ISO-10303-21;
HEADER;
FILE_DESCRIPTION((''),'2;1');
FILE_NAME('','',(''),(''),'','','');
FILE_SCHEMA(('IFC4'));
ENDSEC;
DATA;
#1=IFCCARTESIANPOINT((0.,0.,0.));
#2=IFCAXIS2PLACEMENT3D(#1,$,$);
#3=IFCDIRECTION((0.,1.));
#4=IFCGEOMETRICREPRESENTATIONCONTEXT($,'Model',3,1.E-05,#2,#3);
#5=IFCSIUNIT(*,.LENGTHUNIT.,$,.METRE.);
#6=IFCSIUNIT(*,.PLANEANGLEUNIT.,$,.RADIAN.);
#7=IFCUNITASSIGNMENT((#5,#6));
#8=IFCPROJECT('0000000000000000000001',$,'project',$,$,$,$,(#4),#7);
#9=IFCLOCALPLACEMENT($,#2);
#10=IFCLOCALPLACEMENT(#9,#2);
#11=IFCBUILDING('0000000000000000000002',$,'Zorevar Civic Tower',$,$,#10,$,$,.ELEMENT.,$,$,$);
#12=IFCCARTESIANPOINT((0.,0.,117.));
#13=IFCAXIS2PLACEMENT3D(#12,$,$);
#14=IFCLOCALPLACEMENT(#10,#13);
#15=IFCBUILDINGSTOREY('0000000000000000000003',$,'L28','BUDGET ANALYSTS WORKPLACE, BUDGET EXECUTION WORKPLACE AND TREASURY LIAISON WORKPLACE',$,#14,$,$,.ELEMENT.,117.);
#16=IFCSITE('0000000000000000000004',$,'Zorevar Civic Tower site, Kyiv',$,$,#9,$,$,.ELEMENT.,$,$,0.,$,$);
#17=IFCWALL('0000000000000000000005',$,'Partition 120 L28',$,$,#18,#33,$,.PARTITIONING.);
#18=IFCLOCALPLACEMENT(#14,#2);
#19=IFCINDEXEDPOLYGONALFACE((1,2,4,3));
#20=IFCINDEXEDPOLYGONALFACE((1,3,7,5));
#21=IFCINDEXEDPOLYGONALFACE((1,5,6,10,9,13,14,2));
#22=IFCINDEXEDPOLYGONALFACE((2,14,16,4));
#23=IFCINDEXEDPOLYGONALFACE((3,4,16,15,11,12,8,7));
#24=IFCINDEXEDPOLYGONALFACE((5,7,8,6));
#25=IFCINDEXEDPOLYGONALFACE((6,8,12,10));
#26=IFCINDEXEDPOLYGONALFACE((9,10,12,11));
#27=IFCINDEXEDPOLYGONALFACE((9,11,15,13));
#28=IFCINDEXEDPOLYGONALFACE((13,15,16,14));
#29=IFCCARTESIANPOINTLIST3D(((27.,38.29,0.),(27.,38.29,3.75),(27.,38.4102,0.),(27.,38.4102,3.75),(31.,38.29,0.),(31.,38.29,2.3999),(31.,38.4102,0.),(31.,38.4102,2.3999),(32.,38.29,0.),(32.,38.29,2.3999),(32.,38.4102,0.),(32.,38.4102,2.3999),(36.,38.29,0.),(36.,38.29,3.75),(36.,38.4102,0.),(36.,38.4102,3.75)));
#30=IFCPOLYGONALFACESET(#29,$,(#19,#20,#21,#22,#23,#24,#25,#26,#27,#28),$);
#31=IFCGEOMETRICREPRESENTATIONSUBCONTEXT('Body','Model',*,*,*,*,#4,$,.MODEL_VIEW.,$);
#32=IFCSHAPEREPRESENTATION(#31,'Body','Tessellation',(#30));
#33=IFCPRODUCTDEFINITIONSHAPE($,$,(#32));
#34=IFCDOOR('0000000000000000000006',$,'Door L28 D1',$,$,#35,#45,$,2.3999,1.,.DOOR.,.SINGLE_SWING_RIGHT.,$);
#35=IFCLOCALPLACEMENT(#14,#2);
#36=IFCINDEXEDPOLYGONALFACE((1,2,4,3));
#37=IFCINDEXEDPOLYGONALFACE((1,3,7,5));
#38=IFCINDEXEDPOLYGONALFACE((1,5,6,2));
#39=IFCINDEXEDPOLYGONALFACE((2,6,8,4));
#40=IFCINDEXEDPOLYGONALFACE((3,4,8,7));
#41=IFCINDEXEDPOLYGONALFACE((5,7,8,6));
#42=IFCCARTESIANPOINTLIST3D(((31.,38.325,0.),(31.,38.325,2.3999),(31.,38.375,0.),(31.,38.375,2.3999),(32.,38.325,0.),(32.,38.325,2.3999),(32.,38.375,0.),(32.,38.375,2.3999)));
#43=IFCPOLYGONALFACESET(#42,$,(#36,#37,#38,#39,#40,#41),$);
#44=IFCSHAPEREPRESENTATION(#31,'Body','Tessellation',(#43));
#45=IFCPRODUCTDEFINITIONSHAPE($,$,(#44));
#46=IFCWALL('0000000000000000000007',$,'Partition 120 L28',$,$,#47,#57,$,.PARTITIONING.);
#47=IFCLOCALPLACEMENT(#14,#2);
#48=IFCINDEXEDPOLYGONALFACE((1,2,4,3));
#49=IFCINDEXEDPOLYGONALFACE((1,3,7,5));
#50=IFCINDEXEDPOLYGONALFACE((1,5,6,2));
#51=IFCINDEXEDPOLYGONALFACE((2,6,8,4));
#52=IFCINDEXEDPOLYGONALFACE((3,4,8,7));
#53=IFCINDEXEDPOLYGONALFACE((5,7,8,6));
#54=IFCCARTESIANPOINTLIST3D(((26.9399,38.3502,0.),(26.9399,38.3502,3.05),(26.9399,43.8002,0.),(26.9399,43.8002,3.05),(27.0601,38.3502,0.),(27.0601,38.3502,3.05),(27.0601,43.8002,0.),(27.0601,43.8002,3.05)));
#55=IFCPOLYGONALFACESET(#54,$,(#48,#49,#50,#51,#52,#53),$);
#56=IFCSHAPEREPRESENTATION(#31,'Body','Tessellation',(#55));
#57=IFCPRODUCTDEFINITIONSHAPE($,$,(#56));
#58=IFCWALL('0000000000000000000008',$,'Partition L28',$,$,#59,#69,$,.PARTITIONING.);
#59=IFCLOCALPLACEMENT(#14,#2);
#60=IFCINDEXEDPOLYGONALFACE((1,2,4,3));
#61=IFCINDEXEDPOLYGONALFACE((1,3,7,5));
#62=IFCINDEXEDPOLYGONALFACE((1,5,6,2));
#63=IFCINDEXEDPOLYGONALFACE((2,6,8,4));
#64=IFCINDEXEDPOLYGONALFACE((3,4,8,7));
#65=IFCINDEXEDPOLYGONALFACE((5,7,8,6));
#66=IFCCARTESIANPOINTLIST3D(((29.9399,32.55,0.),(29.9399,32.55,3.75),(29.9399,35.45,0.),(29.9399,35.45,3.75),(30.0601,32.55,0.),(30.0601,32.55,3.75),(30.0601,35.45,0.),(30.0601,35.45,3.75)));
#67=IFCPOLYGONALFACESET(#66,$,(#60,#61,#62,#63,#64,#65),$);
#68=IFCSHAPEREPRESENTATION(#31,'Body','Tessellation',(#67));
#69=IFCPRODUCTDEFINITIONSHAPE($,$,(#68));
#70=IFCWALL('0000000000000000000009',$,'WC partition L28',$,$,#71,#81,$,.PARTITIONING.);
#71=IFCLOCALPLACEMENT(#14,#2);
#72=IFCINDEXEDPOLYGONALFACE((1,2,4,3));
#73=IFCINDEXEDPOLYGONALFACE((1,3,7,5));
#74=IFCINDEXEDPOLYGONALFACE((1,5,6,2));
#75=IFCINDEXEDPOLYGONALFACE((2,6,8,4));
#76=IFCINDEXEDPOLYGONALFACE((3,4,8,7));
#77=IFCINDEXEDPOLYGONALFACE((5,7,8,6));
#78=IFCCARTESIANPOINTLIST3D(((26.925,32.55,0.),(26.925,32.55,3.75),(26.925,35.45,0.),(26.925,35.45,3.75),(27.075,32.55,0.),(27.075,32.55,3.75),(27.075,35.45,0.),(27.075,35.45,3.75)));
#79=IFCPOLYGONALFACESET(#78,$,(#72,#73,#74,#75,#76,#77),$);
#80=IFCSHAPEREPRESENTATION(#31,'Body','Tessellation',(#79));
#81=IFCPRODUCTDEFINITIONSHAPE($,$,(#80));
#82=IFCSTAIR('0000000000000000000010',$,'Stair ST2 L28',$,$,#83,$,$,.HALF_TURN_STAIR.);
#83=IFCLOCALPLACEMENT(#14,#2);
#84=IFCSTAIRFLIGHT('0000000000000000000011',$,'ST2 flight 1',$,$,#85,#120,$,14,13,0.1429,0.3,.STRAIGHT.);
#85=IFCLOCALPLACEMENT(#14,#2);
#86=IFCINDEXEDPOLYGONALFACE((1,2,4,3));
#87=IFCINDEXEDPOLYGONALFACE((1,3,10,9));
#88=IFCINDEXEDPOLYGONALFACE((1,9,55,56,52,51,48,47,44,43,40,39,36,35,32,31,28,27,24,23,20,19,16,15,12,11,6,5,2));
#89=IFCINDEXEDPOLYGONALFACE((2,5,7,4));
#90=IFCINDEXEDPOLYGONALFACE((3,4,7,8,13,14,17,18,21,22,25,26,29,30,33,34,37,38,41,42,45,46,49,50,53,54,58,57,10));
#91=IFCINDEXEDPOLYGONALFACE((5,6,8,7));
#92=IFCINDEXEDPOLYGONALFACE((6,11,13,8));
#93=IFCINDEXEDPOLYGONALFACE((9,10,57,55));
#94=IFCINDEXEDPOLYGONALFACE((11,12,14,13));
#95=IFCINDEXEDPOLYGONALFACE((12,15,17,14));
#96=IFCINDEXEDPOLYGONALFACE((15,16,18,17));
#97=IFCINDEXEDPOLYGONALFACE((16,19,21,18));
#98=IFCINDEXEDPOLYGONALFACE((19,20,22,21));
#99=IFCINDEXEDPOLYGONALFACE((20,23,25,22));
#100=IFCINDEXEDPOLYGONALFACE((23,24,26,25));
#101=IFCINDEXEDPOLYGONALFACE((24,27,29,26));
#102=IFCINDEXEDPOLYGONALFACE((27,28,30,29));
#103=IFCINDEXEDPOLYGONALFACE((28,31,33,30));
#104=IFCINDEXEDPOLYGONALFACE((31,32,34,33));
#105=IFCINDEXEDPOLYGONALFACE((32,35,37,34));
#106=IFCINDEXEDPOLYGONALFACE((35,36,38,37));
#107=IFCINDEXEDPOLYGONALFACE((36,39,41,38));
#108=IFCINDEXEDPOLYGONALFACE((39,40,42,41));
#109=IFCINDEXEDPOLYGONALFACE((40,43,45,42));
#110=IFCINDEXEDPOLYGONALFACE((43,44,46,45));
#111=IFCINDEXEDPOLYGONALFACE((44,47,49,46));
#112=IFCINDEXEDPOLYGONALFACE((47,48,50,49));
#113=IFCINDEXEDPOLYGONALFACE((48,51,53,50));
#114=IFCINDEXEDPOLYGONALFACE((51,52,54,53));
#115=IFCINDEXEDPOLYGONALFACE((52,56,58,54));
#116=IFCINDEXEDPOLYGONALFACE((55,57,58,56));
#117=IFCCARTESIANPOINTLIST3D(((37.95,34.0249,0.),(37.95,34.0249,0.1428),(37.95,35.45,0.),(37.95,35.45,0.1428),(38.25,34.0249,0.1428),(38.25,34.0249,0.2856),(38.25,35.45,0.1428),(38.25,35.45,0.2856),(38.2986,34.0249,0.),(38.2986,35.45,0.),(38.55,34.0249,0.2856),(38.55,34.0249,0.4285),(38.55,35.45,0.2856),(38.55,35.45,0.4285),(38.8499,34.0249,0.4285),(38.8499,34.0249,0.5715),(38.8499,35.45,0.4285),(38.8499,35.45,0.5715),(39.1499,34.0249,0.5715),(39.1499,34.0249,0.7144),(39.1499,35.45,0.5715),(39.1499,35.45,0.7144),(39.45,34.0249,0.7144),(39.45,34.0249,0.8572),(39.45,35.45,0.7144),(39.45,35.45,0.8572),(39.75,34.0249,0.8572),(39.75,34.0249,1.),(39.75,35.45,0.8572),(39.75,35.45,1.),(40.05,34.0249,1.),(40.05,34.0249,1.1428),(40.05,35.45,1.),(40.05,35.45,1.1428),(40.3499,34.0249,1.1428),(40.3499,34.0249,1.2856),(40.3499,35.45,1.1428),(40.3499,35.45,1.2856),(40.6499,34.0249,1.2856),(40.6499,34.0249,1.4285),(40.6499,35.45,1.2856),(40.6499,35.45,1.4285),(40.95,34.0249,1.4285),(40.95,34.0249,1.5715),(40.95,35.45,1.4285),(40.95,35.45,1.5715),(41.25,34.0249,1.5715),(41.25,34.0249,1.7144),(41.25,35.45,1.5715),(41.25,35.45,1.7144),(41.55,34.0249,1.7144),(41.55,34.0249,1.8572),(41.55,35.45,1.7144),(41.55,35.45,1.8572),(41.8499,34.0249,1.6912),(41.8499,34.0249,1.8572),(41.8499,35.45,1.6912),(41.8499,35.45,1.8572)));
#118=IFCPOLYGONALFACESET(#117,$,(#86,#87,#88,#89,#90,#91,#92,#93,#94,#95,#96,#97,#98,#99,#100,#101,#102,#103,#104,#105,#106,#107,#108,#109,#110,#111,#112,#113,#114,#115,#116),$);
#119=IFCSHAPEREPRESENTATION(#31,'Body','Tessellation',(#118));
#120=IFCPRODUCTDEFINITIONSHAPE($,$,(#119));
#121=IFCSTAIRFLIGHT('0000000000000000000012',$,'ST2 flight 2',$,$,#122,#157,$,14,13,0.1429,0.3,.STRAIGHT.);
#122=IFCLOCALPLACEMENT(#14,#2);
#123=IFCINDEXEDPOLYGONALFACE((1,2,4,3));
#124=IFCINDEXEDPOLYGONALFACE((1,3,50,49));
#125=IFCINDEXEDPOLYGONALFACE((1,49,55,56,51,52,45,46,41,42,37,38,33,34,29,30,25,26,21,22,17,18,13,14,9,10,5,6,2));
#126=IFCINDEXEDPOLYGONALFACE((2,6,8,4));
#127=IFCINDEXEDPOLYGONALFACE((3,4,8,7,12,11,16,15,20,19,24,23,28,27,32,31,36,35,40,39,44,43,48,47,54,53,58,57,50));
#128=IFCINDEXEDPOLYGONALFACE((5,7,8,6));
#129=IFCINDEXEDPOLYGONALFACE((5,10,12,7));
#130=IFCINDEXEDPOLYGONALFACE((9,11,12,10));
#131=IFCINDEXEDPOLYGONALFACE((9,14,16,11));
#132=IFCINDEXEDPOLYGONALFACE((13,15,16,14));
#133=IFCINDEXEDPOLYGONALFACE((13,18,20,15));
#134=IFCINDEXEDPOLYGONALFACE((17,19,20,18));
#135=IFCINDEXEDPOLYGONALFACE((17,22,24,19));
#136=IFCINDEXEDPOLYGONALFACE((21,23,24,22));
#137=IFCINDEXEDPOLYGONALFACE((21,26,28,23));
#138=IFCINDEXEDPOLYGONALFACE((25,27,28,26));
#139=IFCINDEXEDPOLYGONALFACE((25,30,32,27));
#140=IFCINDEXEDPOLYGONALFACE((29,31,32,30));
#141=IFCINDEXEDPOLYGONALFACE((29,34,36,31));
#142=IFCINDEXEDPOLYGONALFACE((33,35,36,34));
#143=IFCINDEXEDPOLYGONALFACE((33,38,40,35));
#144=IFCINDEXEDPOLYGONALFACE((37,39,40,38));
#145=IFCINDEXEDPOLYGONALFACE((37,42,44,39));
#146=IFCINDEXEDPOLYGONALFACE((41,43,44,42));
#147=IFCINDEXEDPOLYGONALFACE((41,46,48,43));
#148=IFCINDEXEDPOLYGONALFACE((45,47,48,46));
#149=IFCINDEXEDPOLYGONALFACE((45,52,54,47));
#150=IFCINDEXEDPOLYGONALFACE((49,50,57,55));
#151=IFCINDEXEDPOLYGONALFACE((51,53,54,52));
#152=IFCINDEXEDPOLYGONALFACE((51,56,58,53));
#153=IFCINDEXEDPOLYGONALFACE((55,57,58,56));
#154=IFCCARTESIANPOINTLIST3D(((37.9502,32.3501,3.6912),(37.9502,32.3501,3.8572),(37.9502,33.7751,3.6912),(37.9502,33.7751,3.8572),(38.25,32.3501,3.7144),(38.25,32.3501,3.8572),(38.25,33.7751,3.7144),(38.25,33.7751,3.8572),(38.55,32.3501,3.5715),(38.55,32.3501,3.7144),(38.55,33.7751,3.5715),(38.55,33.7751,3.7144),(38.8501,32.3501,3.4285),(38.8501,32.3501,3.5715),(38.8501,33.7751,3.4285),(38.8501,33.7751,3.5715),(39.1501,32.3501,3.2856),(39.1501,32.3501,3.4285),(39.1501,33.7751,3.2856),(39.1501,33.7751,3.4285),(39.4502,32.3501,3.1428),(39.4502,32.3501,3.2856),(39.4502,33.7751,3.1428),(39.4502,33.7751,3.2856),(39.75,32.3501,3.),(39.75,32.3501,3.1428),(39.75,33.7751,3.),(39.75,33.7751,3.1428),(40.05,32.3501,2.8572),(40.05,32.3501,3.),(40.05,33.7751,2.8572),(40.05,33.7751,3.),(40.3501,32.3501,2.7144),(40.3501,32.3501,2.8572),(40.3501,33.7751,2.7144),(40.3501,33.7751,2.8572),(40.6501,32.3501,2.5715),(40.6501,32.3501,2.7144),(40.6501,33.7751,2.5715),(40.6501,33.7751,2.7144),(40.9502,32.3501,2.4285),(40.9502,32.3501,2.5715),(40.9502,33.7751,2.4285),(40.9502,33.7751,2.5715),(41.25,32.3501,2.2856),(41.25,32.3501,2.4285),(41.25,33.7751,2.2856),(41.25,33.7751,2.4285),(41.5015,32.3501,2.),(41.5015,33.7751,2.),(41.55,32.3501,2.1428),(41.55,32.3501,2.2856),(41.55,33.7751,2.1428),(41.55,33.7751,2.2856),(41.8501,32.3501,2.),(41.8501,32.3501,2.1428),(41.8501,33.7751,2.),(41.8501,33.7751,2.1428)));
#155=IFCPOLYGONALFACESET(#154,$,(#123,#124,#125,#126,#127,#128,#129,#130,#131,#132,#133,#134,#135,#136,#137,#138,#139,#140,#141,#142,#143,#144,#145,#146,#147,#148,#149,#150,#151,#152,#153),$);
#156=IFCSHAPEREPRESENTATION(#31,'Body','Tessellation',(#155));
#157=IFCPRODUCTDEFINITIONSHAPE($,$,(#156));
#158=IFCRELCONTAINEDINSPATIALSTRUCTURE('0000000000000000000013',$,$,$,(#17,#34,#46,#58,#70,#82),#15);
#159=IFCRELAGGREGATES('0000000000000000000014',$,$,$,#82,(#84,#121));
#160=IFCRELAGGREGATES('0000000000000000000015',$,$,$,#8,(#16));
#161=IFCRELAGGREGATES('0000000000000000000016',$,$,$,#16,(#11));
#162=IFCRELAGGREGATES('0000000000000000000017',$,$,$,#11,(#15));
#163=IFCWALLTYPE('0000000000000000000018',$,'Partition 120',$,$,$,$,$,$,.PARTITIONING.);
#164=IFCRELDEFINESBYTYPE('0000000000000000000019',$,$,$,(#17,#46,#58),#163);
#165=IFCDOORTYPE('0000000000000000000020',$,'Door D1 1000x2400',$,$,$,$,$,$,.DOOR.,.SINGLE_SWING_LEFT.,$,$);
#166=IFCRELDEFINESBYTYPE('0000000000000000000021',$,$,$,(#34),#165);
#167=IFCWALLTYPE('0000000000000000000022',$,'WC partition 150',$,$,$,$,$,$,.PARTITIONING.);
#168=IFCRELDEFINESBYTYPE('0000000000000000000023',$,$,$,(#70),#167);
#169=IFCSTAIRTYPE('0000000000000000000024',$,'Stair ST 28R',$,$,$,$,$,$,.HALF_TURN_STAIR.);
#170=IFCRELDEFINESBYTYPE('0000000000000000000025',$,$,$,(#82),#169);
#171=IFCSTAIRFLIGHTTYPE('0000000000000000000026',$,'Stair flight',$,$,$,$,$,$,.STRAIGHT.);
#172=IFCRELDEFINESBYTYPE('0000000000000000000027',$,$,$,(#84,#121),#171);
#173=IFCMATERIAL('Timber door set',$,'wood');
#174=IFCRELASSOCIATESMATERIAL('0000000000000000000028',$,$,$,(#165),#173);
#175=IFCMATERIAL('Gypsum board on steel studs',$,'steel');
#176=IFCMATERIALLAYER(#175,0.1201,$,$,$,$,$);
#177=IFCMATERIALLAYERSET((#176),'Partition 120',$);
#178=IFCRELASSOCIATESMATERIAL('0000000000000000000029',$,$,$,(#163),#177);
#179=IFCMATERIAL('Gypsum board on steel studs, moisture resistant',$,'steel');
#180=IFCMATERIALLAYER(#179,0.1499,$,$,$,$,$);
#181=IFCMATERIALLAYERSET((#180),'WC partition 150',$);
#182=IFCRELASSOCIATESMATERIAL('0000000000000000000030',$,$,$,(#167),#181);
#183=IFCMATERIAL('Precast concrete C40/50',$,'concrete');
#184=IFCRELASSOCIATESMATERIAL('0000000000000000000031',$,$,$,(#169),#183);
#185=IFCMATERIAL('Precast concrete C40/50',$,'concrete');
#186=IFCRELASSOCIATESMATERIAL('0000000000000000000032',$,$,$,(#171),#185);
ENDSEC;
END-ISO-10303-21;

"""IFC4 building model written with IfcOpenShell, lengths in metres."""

from ifc_helpers import new_model, si_unit, direction, frame, frame_2d, origin, place, context, subcontext, project, spatial, polyline, rectangle, outline, extrude, material, layer, layer_set, type_object, element, fill, aggregate, save


model = new_model("IFC4")

# Units and contexts
model_context = context("Model", 3, precision=1e-05, world=origin(), true_north=direction((0.0, 1.0)))
body_context = subcontext(model_context, "Body", "Model", "MODEL_VIEW")
ifc_project = project(units=[si_unit("LENGTHUNIT", "METRE"), si_unit("PLANEANGLEUNIT", "RADIAN")], contexts=[model_context])

# Site, building, storey
site_placement = place(None, origin())
site = spatial("IfcSite", under=ifc_project, at=site_placement, Name="Zorevar Civic Tower site, Kyiv", CompositionType="ELEMENT", RefElevation=0.0)
building_placement = place(site_placement, origin())
building = spatial("IfcBuilding", under=site, at=building_placement, Name="Zorevar Civic Tower", CompositionType="ELEMENT")
storey_placement = place(building_placement, frame((0.0, 0.0, 117.0)))
storey = spatial("IfcBuildingStorey", under=building, at=storey_placement, Name="L28", Description="BUDGET ANALYSTS WORKPLACE, BUDGET EXECUTION WORKPLACE AND TREASURY LIAISON WORKPLACE", CompositionType="ELEMENT", Elevation=117.0)

# Shared definitions
ifc_material_1 = material(Name="Timber door set", Category="wood")
door_type_1 = type_object("IfcDoorType", Name="Door D1 1000x2400", OperationType="SINGLE_SWING_LEFT", PredefinedType="DOOR", material=ifc_material_1)

# Wall, opening, door
ifc_material_2 = material(Name="Gypsum board on steel studs", Category="steel")
ifc_layer_1 = layer(ifc_material_2, 0.1201)
ifc_layer_set_1 = layer_set([ifc_layer_1], Name="Partition 120")
wall_type_1 = type_object("IfcWallType", Name="Partition 120", PredefinedType="PARTITIONING", material=ifc_layer_set_1)
wall_1_placement = place(storey_placement, frame((27.0, 38.3501, 0.0), z_axis=(0.0, 0.0, 1.0), x_axis=(1.0, 0.0, 0.0)))
wall_1 = element("IfcWall", 1, at=wall_1_placement, inside=storey, type_object=wall_type_1, Name="Partition 120 L28", PredefinedType="PARTITIONING", context=body_context, shape_type="SweptSolid", body=[
    extrude(rectangle(XDim=9.0, YDim=0.1201, at=frame_2d((4.5, 0.0))), origin(), (0.0, 0.0, 1.0), 3.75),
])
opening_1_placement = place(wall_1_placement, frame((4.0, 0.0, 0.0)))
opening_1 = element("IfcOpeningElement", 2, at=opening_1_placement, cuts=wall_1, PredefinedType="OPENING", context=body_context, shape_type="SweptSolid", body=[
    extrude(rectangle(XDim=1.0, YDim=2.3999, at=frame_2d((0.5, 1.2))), frame((0.0, 0.0701, 0.0), z_axis=(0.0, -1.0, 0.0), x_axis=(1.0, 0.0, 0.0)), (0.0, 0.0, 1.0), 0.1401),
])
door_1_placement = place(opening_1_placement, origin())
door_1 = element("IfcDoor", 3, at=door_1_placement, inside=storey, type_object=door_type_1, Name="Door L28 D1", OperationType="SINGLE_SWING_RIGHT", OverallHeight=2.3999, OverallWidth=1.0, PredefinedType="DOOR", context=body_context, shape_type="SweptSolid", body=[
    extrude(rectangle(XDim=1.0, YDim=2.3999, at=frame_2d((0.5, 1.2))), frame((0.0, 0.0249, 0.0), z_axis=(0.0, -1.0, 0.0), x_axis=(1.0, 0.0, 0.0)), (0.0, 0.0, 1.0), 0.05),
])
fill(opening_1, door_1)

# Walls
wall_2_placement = place(storey_placement, frame((27.0, 38.3501, 0.0), z_axis=(0.0, 0.0, 1.0), x_axis=(0.0, 1.0, 0.0)))
element("IfcWall", 4, at=wall_2_placement, inside=storey, type_object=wall_type_1, Name="Partition 120 L28", PredefinedType="PARTITIONING", context=body_context, shape_type="SweptSolid", body=[
    extrude(rectangle(XDim=5.45, YDim=0.1201, at=frame_2d((2.7251, 0.0))), origin(), (0.0, 0.0, 1.0), 3.05),
])
wall_3_placement = place(storey_placement, frame((30.0, 32.55, 0.0), z_axis=(0.0, 0.0, 1.0), x_axis=(0.0, 1.0, 0.0)))
element("IfcWall", 5, at=wall_3_placement, inside=storey, type_object=wall_type_1, Name="Partition L28", PredefinedType="PARTITIONING", context=body_context, shape_type="SweptSolid", body=[
    extrude(rectangle(XDim=2.8999, YDim=0.1201, at=frame_2d((1.45, 0.0))), origin(), (0.0, 0.0, 1.0), 3.75),
])
ifc_material_3 = material(Name="Gypsum board on steel studs, moisture resistant", Category="steel")
ifc_layer_2 = layer(ifc_material_3, 0.1499)
ifc_layer_set_2 = layer_set([ifc_layer_2], Name="WC partition 150")
wall_type_2 = type_object("IfcWallType", Name="WC partition 150", PredefinedType="PARTITIONING", material=ifc_layer_set_2)
wall_4_placement = place(storey_placement, frame((27.0, 32.55, 0.0), z_axis=(0.0, 0.0, 1.0), x_axis=(0.0, 1.0, 0.0)))
element("IfcWall", 6, at=wall_4_placement, inside=storey, type_object=wall_type_2, Name="WC partition L28", PredefinedType="PARTITIONING", context=body_context, shape_type="SweptSolid", body=[
    extrude(rectangle(XDim=2.8999, YDim=0.1499, at=frame_2d((1.45, 0.0))), origin(), (0.0, 0.0, 1.0), 3.75),
])

# Stair, stair flights
ifc_material_4 = material(Name="Precast concrete C40/50", Category="concrete")
stair_type = type_object("IfcStairType", Name="Stair ST 28R", PredefinedType="HALF_TURN_STAIR", material=ifc_material_4)
stair_placement = place(storey_placement, origin())
stair = element("IfcStair", 7, at=stair_placement, inside=storey, type_object=stair_type, Name="Stair ST2 L28", PredefinedType="HALF_TURN_STAIR")
ifc_material_5 = material(Name="Precast concrete C40/50", Category="concrete")
stair_flight_type = type_object("IfcStairFlightType", Name="Stair flight", PredefinedType="STRAIGHT", material=ifc_material_5)
stair_flight_1_placement = place(storey_placement, frame((37.95, 34.7375, 0.0), z_axis=(0.0, 0.0, 1.0), x_axis=(1.0, 0.0, 0.0)))
stair_flight_1 = element("IfcStairFlight", 8, at=stair_flight_1_placement, type_object=stair_flight_type, Name="ST2 flight 1", NumberOfRisers=14, NumberOfTreads=13, PredefinedType="STRAIGHT", RiserHeight=0.1429, TreadLength=0.3, context=body_context, shape_type="SweptSolid", body=[
    extrude(outline(polyline([(0.0, 0.0), (0.0, 0.1428), (0.3, 0.1428), (0.3, 0.2856), (0.6001, 0.2856), (0.6001, 0.4285), (0.8999, 0.4285), (0.8999, 0.5715), (1.2, 0.5715), (1.2, 0.7144), (1.5, 0.7144), (1.5, 0.8572), (1.8, 0.8572), (1.8, 1.0), (2.1001, 1.0), (2.1001, 1.1428), (2.3999, 1.1428), (2.3999, 1.2856), (2.7, 1.2856), (2.7, 1.4285), (3.0, 1.4285), (3.0, 1.5715), (3.3, 1.5715), (3.3, 1.7144), (3.6001, 1.7144), (3.6001, 1.8572), (3.8999, 1.8572), (3.8999, 2.0), (3.8999, 1.6912), (0.3486, 0.0), (0.0, 0.0)])), frame((0.0, 0.7124, 0.0), z_axis=(0.0, -1.0, 0.0), x_axis=(1.0, 0.0, 0.0)), (0.0, 0.0, 1.0), 1.425),
])
stair_flight_2_placement = place(storey_placement, frame((41.8501, 33.0625, 2.0), z_axis=(0.0, 0.0, 1.0), x_axis=(-1.0, 0.0, 0.0)))
stair_flight_2 = element("IfcStairFlight", 9, at=stair_flight_2_placement, type_object=stair_flight_type, Name="ST2 flight 2", NumberOfRisers=14, NumberOfTreads=13, PredefinedType="STRAIGHT", RiserHeight=0.1429, TreadLength=0.3, context=body_context, shape_type="SweptSolid", body=[
    extrude(outline(polyline([(0.0, 0.0), (0.0, 0.1428), (0.3, 0.1428), (0.3, 0.2856), (0.6001, 0.2856), (0.6001, 0.4285), (0.8999, 0.4285), (0.8999, 0.5715), (1.2, 0.5715), (1.2, 0.7144), (1.5, 0.7144), (1.5, 0.8572), (1.8, 0.8572), (1.8, 1.0), (2.1001, 1.0), (2.1001, 1.1428), (2.3999, 1.1428), (2.3999, 1.2856), (2.7, 1.2856), (2.7, 1.4285), (3.0, 1.4285), (3.0, 1.5715), (3.3, 1.5715), (3.3, 1.7144), (3.6001, 1.7144), (3.6001, 1.8572), (3.8999, 1.8572), (3.8999, 2.0), (3.8999, 1.6912), (0.3486, 0.0), (0.0, 0.0)])), frame((0.0, 0.7124, 0.0), z_axis=(0.0, -1.0, 0.0), x_axis=(1.0, 0.0, 0.0)), (0.0, 0.0, 1.0), 1.425),
])
aggregate(stair, [stair_flight_1, stair_flight_2])

save(model, "model.ifc")
